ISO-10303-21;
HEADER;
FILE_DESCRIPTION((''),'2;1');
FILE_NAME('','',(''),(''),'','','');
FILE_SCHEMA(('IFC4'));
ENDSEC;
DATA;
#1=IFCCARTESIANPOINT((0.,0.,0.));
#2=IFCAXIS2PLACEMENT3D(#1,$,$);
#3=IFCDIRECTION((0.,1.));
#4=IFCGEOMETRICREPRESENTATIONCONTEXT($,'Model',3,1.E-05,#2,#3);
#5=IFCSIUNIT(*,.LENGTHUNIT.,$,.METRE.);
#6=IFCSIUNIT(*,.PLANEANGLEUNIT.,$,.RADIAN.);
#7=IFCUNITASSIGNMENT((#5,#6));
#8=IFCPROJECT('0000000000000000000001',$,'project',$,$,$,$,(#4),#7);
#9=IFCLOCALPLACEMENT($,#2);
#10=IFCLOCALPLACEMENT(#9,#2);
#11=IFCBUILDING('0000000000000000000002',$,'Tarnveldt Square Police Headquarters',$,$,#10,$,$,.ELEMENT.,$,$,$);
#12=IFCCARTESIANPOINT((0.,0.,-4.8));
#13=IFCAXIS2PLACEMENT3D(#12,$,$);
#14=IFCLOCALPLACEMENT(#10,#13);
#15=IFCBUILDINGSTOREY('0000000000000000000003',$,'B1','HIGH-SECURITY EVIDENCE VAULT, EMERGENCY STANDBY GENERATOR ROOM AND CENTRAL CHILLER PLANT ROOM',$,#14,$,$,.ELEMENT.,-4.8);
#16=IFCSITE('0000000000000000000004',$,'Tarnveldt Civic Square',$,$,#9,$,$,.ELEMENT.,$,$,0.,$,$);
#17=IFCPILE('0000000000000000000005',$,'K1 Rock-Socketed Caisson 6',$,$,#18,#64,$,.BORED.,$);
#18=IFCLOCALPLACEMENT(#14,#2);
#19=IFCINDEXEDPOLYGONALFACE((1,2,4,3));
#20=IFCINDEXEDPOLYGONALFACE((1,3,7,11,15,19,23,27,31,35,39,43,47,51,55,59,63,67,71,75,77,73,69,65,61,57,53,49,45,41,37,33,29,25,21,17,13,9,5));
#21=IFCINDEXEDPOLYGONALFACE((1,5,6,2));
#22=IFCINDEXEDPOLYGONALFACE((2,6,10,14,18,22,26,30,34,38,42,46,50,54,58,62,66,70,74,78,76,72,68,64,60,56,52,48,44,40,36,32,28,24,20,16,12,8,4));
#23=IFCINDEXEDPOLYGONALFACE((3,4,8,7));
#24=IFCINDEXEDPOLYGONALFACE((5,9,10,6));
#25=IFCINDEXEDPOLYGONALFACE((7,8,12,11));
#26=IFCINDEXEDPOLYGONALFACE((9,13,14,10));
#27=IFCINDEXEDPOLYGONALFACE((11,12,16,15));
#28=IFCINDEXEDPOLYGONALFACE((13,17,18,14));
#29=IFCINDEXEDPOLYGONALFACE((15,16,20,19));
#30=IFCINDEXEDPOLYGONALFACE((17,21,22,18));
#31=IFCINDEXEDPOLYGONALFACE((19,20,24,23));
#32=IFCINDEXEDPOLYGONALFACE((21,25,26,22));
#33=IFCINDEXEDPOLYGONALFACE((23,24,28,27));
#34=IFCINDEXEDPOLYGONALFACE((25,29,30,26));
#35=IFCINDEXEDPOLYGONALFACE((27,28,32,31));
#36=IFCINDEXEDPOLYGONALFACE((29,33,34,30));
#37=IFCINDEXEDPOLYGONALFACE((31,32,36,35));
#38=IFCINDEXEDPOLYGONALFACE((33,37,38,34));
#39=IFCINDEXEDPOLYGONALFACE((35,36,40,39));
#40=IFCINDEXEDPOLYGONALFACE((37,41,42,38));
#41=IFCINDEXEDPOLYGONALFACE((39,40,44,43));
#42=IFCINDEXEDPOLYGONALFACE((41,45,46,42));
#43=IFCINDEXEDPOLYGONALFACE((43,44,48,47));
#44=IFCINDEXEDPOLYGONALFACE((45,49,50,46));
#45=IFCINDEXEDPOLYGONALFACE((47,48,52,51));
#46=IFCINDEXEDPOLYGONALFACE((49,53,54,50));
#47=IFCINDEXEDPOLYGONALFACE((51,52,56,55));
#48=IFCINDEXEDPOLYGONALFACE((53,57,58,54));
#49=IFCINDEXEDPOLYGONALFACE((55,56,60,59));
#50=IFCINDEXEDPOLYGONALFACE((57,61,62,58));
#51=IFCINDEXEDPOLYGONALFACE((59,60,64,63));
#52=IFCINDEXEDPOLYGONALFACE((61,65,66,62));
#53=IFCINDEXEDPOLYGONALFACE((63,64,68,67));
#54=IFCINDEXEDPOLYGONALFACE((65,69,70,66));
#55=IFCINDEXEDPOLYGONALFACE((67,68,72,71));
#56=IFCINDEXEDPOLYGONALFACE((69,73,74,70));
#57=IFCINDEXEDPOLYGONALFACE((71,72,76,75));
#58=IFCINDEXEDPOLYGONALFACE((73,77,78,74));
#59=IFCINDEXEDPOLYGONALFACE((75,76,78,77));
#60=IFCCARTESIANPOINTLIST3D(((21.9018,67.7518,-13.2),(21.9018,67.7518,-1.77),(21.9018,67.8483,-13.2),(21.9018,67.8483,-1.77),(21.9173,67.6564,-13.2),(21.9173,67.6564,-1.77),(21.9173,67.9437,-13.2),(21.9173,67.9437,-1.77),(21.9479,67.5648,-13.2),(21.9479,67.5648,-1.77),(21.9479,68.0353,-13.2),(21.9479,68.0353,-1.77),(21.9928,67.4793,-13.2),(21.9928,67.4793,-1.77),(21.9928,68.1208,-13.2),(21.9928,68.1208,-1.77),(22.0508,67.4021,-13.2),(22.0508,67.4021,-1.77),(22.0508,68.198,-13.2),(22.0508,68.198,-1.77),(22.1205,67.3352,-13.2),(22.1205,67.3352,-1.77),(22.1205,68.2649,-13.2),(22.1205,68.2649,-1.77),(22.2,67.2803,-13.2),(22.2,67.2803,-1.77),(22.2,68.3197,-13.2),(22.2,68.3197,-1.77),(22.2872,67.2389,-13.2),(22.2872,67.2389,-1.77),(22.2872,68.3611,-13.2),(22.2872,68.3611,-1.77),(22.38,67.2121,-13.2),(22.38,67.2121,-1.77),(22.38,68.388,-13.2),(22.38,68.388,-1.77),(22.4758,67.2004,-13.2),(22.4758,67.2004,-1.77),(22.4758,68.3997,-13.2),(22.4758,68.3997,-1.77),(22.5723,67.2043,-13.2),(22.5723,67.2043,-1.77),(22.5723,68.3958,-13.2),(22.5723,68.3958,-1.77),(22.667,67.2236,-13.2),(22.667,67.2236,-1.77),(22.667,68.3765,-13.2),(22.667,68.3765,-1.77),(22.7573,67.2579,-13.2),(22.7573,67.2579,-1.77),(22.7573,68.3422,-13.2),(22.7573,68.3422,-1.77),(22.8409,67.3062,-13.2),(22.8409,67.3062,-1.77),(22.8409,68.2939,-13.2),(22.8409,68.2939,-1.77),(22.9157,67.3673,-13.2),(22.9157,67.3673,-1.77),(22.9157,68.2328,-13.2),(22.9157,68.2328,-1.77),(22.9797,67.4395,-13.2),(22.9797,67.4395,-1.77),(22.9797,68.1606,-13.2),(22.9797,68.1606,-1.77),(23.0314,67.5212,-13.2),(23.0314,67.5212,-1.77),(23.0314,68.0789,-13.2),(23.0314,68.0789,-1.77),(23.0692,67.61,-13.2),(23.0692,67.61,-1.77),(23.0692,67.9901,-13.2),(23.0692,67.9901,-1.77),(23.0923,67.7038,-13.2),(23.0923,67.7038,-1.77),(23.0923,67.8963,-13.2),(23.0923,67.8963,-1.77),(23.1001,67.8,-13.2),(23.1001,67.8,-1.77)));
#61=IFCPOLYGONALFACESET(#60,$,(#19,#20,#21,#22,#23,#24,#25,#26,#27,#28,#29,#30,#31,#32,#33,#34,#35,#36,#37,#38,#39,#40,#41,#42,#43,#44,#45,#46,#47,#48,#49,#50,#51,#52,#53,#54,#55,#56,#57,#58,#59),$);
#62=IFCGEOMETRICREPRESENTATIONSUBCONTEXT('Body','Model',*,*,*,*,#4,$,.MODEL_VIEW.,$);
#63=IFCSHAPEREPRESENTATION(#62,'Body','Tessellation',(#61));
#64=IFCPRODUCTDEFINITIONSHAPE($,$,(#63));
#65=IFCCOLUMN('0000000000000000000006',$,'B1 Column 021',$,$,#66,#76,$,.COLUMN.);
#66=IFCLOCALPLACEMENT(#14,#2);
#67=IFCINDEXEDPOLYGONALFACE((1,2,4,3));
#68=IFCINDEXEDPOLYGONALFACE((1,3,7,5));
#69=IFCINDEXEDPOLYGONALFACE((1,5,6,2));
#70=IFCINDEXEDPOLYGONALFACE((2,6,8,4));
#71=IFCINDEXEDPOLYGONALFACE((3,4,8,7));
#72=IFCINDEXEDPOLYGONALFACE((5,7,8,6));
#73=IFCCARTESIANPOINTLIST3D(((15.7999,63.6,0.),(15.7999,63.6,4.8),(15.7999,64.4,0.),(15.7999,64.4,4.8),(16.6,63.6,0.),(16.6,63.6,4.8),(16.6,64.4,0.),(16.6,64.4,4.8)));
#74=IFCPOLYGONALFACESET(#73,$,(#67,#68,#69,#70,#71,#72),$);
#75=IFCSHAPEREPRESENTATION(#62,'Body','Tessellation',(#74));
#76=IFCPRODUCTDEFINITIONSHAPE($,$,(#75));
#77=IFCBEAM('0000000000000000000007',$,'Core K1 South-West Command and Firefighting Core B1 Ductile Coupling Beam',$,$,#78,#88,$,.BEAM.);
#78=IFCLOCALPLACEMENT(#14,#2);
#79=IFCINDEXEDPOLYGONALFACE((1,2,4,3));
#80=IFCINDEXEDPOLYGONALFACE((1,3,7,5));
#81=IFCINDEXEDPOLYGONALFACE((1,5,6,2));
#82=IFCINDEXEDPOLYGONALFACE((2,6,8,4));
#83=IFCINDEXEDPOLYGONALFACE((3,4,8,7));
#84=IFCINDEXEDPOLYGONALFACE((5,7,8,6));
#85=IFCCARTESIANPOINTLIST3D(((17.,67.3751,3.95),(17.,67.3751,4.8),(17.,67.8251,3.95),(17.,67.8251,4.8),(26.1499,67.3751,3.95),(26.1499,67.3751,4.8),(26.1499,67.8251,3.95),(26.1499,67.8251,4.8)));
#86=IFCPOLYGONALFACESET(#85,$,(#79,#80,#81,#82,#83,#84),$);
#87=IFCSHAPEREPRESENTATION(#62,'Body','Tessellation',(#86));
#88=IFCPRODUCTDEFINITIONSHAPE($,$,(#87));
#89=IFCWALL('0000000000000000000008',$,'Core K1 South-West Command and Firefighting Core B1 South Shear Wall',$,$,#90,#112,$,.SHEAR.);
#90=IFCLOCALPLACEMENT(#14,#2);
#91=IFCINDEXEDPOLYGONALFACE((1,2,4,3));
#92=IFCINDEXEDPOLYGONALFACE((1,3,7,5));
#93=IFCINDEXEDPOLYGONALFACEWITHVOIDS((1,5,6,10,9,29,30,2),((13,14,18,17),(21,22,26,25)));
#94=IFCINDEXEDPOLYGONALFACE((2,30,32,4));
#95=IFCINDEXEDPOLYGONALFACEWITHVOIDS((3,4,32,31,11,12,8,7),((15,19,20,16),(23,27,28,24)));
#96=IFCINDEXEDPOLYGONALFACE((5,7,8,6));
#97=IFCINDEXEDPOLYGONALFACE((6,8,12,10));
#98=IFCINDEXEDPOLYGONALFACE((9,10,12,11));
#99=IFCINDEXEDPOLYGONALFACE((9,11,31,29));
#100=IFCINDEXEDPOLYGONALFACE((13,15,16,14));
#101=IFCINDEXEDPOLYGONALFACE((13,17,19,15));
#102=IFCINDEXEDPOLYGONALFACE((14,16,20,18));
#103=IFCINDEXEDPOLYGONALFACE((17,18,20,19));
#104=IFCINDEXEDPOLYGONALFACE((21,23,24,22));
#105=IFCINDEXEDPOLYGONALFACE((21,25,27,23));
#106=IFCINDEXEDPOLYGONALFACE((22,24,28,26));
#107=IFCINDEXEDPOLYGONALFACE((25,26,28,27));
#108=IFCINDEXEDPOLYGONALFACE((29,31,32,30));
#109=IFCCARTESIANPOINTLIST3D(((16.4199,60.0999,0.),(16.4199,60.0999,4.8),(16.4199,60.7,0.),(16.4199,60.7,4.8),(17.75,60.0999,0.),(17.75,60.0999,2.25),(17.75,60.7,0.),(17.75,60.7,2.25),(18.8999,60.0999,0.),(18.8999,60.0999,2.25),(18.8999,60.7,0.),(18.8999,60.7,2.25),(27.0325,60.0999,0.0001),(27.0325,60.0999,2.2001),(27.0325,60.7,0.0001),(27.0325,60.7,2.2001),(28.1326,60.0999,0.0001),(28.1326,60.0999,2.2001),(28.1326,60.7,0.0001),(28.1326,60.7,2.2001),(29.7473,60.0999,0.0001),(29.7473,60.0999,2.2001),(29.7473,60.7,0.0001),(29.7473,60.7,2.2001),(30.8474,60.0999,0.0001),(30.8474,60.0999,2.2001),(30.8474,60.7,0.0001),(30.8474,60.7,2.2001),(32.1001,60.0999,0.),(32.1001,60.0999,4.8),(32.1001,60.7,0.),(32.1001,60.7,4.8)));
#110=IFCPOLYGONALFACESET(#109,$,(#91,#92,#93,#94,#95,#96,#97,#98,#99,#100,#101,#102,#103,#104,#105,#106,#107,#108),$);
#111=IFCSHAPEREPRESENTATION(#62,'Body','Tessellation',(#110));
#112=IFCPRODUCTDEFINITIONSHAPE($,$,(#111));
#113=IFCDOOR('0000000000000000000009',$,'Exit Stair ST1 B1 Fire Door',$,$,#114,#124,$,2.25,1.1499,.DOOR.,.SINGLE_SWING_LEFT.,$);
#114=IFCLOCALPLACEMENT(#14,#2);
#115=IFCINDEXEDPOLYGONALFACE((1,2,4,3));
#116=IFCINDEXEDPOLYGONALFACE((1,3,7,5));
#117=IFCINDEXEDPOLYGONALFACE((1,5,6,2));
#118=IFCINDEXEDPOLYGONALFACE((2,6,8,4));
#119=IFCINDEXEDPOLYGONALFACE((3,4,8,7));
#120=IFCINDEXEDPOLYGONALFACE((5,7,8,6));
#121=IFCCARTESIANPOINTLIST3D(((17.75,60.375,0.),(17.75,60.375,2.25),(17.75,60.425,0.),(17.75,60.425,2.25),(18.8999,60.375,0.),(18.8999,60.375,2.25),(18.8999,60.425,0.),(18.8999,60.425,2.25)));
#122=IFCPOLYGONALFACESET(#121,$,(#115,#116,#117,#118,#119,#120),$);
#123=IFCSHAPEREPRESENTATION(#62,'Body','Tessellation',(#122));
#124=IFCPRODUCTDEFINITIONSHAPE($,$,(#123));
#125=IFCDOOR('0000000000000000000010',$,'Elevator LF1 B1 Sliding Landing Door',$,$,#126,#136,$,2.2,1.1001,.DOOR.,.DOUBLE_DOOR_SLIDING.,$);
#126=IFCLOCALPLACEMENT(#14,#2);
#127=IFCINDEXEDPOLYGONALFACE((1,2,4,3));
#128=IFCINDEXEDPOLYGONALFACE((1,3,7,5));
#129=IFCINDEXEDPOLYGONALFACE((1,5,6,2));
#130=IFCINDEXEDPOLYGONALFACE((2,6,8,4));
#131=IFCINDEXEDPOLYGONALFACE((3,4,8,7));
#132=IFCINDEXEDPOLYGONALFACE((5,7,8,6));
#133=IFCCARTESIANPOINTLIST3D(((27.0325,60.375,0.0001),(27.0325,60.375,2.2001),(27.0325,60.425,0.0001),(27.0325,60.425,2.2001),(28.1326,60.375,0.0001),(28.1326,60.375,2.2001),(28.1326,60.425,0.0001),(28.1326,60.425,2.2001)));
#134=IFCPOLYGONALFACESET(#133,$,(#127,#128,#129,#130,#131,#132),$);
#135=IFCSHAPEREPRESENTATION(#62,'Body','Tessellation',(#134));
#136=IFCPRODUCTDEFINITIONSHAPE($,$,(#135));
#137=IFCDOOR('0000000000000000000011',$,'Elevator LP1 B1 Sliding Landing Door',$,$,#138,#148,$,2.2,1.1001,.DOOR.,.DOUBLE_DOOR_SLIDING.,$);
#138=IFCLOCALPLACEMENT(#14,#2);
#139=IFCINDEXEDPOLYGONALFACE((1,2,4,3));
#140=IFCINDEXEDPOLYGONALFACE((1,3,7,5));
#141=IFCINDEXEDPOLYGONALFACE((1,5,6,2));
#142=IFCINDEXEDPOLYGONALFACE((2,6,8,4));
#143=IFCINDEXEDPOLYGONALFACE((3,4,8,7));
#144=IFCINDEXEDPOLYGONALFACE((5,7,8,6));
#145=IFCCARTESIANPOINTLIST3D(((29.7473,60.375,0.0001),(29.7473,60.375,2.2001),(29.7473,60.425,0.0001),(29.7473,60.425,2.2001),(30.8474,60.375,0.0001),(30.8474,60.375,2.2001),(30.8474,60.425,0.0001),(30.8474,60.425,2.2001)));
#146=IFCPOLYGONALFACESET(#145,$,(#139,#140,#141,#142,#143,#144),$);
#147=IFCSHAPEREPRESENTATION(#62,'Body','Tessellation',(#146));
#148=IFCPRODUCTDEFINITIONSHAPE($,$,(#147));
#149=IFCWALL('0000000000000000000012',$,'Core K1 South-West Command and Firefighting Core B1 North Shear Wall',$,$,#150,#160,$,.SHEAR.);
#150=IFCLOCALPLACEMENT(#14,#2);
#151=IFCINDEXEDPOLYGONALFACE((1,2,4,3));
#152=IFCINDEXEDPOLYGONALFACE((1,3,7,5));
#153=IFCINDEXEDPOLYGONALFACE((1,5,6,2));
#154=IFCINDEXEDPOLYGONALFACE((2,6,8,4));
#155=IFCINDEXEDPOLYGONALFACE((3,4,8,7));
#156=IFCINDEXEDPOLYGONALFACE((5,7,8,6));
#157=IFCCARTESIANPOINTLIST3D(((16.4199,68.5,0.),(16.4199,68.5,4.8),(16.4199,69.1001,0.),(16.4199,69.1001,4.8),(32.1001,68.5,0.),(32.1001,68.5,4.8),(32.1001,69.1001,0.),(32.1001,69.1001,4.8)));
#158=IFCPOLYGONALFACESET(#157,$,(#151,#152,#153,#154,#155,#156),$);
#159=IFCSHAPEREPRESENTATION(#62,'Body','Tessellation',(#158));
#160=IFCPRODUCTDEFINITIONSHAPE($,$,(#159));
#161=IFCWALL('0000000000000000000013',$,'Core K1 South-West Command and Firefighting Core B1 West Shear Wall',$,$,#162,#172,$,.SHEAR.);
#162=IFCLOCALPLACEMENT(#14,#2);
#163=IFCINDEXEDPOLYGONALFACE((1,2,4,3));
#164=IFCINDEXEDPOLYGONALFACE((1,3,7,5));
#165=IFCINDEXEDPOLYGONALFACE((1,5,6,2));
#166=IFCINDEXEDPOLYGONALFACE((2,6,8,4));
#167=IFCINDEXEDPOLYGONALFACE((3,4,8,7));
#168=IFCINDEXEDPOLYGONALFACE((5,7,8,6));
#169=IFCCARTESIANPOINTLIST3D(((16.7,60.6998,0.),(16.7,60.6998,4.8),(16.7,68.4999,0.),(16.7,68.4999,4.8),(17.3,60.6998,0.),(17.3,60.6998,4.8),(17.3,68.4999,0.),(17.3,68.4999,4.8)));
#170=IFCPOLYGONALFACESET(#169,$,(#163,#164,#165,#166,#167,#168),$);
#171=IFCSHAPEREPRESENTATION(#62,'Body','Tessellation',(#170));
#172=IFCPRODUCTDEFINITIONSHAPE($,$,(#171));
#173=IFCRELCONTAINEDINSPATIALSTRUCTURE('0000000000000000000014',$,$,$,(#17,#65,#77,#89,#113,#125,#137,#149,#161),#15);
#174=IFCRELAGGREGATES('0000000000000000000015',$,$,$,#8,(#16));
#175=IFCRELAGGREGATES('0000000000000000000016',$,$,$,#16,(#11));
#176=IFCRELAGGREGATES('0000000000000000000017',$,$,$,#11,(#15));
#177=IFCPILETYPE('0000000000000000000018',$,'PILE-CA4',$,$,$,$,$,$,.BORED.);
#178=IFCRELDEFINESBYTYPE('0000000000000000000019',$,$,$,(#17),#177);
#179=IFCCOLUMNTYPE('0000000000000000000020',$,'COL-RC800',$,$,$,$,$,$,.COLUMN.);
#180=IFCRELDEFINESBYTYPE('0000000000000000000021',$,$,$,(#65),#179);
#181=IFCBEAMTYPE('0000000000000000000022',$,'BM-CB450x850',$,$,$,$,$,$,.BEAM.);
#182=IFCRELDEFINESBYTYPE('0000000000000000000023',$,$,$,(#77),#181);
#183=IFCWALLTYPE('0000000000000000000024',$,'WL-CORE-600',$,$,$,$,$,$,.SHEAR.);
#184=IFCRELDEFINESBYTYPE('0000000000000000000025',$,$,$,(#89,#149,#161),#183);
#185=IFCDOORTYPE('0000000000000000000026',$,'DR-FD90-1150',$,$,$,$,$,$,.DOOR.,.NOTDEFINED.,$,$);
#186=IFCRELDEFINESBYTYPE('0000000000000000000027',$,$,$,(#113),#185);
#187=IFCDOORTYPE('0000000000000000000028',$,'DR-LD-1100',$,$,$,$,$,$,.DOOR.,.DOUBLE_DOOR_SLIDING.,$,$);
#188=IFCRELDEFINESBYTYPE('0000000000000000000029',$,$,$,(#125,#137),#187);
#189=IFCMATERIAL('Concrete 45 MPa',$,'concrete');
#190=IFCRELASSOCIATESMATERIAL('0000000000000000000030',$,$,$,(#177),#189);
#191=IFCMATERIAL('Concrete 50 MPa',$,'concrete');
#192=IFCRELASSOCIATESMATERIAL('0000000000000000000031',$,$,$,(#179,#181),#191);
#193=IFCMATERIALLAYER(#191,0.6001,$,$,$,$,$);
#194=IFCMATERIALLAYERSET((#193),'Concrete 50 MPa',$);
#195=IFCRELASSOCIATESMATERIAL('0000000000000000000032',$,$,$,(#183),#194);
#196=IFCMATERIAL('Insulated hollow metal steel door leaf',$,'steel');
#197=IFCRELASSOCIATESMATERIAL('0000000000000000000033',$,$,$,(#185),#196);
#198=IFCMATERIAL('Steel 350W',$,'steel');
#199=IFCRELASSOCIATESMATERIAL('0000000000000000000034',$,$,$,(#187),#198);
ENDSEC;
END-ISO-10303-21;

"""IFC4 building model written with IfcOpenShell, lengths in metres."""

from ifc_helpers import new_model, si_unit, direction, frame, frame_2d, origin, origin_2d, place, context, subcontext, project, spatial, rectangle, circle, extrude, material, layer, layer_set, material_profile, profile_set, type_object, element, fill, save


model = new_model("IFC4")

# Units and contexts
model_context = context("Model", 3, precision=1e-05, world=origin(), true_north=direction((0.0, 1.0)))
body_context = subcontext(model_context, "Body", "Model", "MODEL_VIEW")
ifc_project = project(units=[si_unit("LENGTHUNIT", "METRE"), si_unit("PLANEANGLEUNIT", "RADIAN")], contexts=[model_context])

# Site, building, storey
site_placement = place(None, origin())
site = spatial("IfcSite", under=ifc_project, at=site_placement, Name="Tarnveldt Civic Square", CompositionType="ELEMENT", RefElevation=0.0)
building_placement = place(site_placement, origin())
building = spatial("IfcBuilding", under=site, at=building_placement, Name="Tarnveldt Square Police Headquarters", CompositionType="ELEMENT")
storey_placement = place(building_placement, frame((0.0, 0.0, -4.8)))
storey = spatial("IfcBuildingStorey", under=building, at=storey_placement, Name="B1", Description="HIGH-SECURITY EVIDENCE VAULT, EMERGENCY STANDBY GENERATOR ROOM AND CENTRAL CHILLER PLANT ROOM", CompositionType="ELEMENT", Elevation=-4.8)

# Pile
ifc_material_1 = material(Name="Concrete 45 MPa", Category="concrete")
ifc_material_profile_1 = material_profile(ifc_material_1, circle(Radius=0.6001, at=origin_2d()), Name="CAISSON-D1200")
ifc_profile_set_1 = profile_set([ifc_material_profile_1], Name="Concrete 45 MPa")
pile_type_1 = type_object("IfcPileType", Name="PILE-CA4", PredefinedType="BORED", material=ifc_profile_set_1)
for number, where, z_axis, x_axis, name in (
    (1, (22.5, 67.8, -1.77), (0.0, 0.0, -1.0), (1.0, 0.0, 0.0), "K1 Rock-Socketed Caisson 6"),
):
    element("IfcPile", number, at=place(storey_placement, frame(where, z_axis=z_axis, x_axis=x_axis)), inside=storey, type_object=pile_type_1, Name=name, PredefinedType="BORED", context=body_context, shape_type="SweptSolid", body=[
        extrude(circle(Radius=0.6001, at=origin_2d()), origin(), (0.0, 0.0, 1.0), 11.4299),
    ])

# Column
ifc_material_2 = material(Name="Concrete 50 MPa", Category="concrete")
ifc_material_profile_2 = material_profile(ifc_material_2, rectangle(XDim=0.8, YDim=0.8, at=origin_2d()), Name="RC-C800x800")
ifc_profile_set_2 = profile_set([ifc_material_profile_2], Name="Concrete 50 MPa")
column_type = type_object("IfcColumnType", Name="COL-RC800", PredefinedType="COLUMN", material=ifc_profile_set_2)
column_placement = place(storey_placement, frame((16.2, 64.0, 0.0), z_axis=(0.0, 0.0, 1.0), x_axis=(1.0, 0.0, 0.0)))
element("IfcColumn", 2, at=column_placement, inside=storey, type_object=column_type, Name="B1 Column 021", PredefinedType="COLUMN", context=body_context, shape_type="SweptSolid", body=[
    extrude(rectangle(XDim=0.8, YDim=0.8, at=origin_2d()), origin(), (0.0, 0.0, 1.0), 4.8),
])

# Beam
ifc_material_profile_3 = material_profile(ifc_material_2, rectangle(XDim=0.45, YDim=0.8501, at=origin_2d()), Name="RC-CB450x850")
ifc_profile_set_3 = profile_set([ifc_material_profile_3], Name="Concrete 50 MPa")
beam_type = type_object("IfcBeamType", Name="BM-CB450x850", PredefinedType="BEAM", material=ifc_profile_set_3)
beam_placement = place(storey_placement, frame((17.0, 67.6001, 4.375), z_axis=(1.0, 0.0, 0.0), x_axis=(0.0, 1.0, 0.0)))
element("IfcBeam", 3, at=beam_placement, inside=storey, type_object=beam_type, Name="Core K1 South-West Command and Firefighting Core B1 Ductile Coupling Beam", PredefinedType="BEAM", context=body_context, shape_type="SweptSolid", body=[
    extrude(rectangle(XDim=0.45, YDim=0.8501, at=origin_2d()), origin(), (0.0, 0.0, 1.0), 9.1499),
])

# Wall, openings, doors
ifc_layer_1 = layer(ifc_material_2, 0.6001)
ifc_layer_set_1 = layer_set([ifc_layer_1], Name="Concrete 50 MPa")
wall_type_1 = type_object("IfcWallType", Name="WL-CORE-600", PredefinedType="SHEAR", material=ifc_layer_set_1)
wall_1_placement = place(storey_placement, frame((16.4199, 60.3999, 0.0), z_axis=(0.0, 0.0, 1.0), x_axis=(1.0, 0.0, 0.0)))
wall_1 = element("IfcWall", 4, at=wall_1_placement, inside=storey, type_object=wall_type_1, Name="Core K1 South-West Command and Firefighting Core B1 South Shear Wall", PredefinedType="SHEAR", context=body_context, shape_type="SweptSolid", body=[
    extrude(rectangle(XDim=15.6802, YDim=0.6001, at=frame_2d((7.8401, 0.0))), origin(), (0.0, 0.0, 1.0), 4.8),
])
opening_1_placement = place(wall_1_placement, frame((1.3301, 0.0, 0.0)))
opening_1 = element("IfcOpeningElement", 5, at=opening_1_placement, cuts=wall_1, PredefinedType="OPENING", context=body_context, shape_type="SweptSolid", body=[
    extrude(rectangle(XDim=1.1499, YDim=2.25, at=frame_2d((0.575, 1.125))), frame((0.0, 0.3101, 0.0), z_axis=(0.0, -1.0, 0.0), x_axis=(1.0, 0.0, 0.0)), (0.0, 0.0, 1.0), 0.6201),
])
opening_2_placement = place(wall_1_placement, frame((10.6125, 0.0, 0.0)))
opening_2 = element("IfcOpeningElement", 6, at=opening_2_placement, cuts=wall_1, PredefinedType="OPENING", context=body_context, shape_type="SweptSolid", body=[
    extrude(rectangle(XDim=1.1001, YDim=2.2, at=frame_2d((0.55, 1.1001))), frame((0.0, 0.3101, 0.0), z_axis=(0.0, -1.0, 0.0), x_axis=(1.0, 0.0, 0.0)), (0.0, 0.0, 1.0), 0.6201),
])
opening_3_placement = place(wall_1_placement, frame((13.3274, 0.0, 0.0)))
opening_3 = element("IfcOpeningElement", 7, at=opening_3_placement, cuts=wall_1, PredefinedType="OPENING", context=body_context, shape_type="SweptSolid", body=[
    extrude(rectangle(XDim=1.1001, YDim=2.2, at=frame_2d((0.55, 1.1001))), frame((0.0, 0.3101, 0.0), z_axis=(0.0, -1.0, 0.0), x_axis=(1.0, 0.0, 0.0)), (0.0, 0.0, 1.0), 0.6201),
])
ifc_material_3 = material(Name="Insulated hollow metal steel door leaf", Category="steel")
door_type_1 = type_object("IfcDoorType", Name="DR-FD90-1150", OperationType="NOTDEFINED", PredefinedType="DOOR", material=ifc_material_3)
door_1_placement = place(opening_1_placement, frame((1.1499, 0.0, 0.0), z_axis=(0.0, 0.0, 1.0), x_axis=(-1.0, 0.0, 0.0)))
door_1 = element("IfcDoor", 8, at=door_1_placement, inside=storey, type_object=door_type_1, Name="Exit Stair ST1 B1 Fire Door", OperationType="SINGLE_SWING_LEFT", OverallHeight=2.25, OverallWidth=1.1499, PredefinedType="DOOR", context=body_context, shape_type="SweptSolid", body=[
    extrude(rectangle(XDim=1.1499, YDim=2.25, at=frame_2d((0.575, 1.125))), frame((0.0, 0.0249, 0.0), z_axis=(0.0, -1.0, 0.0), x_axis=(1.0, 0.0, 0.0)), (0.0, 0.0, 1.0), 0.05),
])
fill(opening_1, door_1)
ifc_material_4 = material(Name="Steel 350W", Category="steel")
door_type_2 = type_object("IfcDoorType", Name="DR-LD-1100", OperationType="DOUBLE_DOOR_SLIDING", PredefinedType="DOOR", material=ifc_material_4)
door_2_placement = place(opening_2_placement, frame((1.1001, 0.0, 0.0), z_axis=(0.0, 0.0, 1.0), x_axis=(-1.0, 0.0, 0.0)))
door_2 = element("IfcDoor", 9, at=door_2_placement, inside=storey, type_object=door_type_2, Name="Elevator LF1 B1 Sliding Landing Door", OperationType="DOUBLE_DOOR_SLIDING", OverallHeight=2.2, OverallWidth=1.1001, PredefinedType="DOOR", context=body_context, shape_type="SweptSolid", body=[
    extrude(rectangle(XDim=1.1001, YDim=2.2, at=frame_2d((0.55, 1.1001))), frame((0.0, 0.0249, 0.0), z_axis=(0.0, -1.0, 0.0), x_axis=(1.0, 0.0, 0.0)), (0.0, 0.0, 1.0), 0.05),
])
fill(opening_2, door_2)
door_3_placement = place(opening_3_placement, frame((1.1001, 0.0, 0.0), z_axis=(0.0, 0.0, 1.0), x_axis=(-1.0, 0.0, 0.0)))
door_3 = element("IfcDoor", 10, at=door_3_placement, inside=storey, type_object=door_type_2, Name="Elevator LP1 B1 Sliding Landing Door", OperationType="DOUBLE_DOOR_SLIDING", OverallHeight=2.2, OverallWidth=1.1001, PredefinedType="DOOR", context=body_context, shape_type="SweptSolid", body=[
    extrude(rectangle(XDim=1.1001, YDim=2.2, at=frame_2d((0.55, 1.1001))), frame((0.0, 0.0249, 0.0), z_axis=(0.0, -1.0, 0.0), x_axis=(1.0, 0.0, 0.0)), (0.0, 0.0, 1.0), 0.05),
])
fill(opening_3, door_3)

# Walls
wall_2_placement = place(storey_placement, frame((16.4199, 68.8, 0.0), z_axis=(0.0, 0.0, 1.0), x_axis=(1.0, 0.0, 0.0)))
element("IfcWall", 11, at=wall_2_placement, inside=storey, type_object=wall_type_1, Name="Core K1 South-West Command and Firefighting Core B1 North Shear Wall", PredefinedType="SHEAR", context=body_context, shape_type="SweptSolid", body=[
    extrude(rectangle(XDim=15.6802, YDim=0.6001, at=frame_2d((7.8401, 0.0))), origin(), (0.0, 0.0, 1.0), 4.8),
])
wall_3_placement = place(storey_placement, frame((17.0, 60.7, 0.0), z_axis=(0.0, 0.0, 1.0), x_axis=(0.0, 1.0, 0.0)))
element("IfcWall", 12, at=wall_3_placement, inside=storey, type_object=wall_type_1, Name="Core K1 South-West Command and Firefighting Core B1 West Shear Wall", PredefinedType="SHEAR", context=body_context, shape_type="SweptSolid", body=[
    extrude(rectangle(XDim=7.8, YDim=0.6001, at=frame_2d((3.8999, 0.0))), origin(), (0.0, 0.0, 1.0), 4.8),
])

save(model, "model.ifc")
